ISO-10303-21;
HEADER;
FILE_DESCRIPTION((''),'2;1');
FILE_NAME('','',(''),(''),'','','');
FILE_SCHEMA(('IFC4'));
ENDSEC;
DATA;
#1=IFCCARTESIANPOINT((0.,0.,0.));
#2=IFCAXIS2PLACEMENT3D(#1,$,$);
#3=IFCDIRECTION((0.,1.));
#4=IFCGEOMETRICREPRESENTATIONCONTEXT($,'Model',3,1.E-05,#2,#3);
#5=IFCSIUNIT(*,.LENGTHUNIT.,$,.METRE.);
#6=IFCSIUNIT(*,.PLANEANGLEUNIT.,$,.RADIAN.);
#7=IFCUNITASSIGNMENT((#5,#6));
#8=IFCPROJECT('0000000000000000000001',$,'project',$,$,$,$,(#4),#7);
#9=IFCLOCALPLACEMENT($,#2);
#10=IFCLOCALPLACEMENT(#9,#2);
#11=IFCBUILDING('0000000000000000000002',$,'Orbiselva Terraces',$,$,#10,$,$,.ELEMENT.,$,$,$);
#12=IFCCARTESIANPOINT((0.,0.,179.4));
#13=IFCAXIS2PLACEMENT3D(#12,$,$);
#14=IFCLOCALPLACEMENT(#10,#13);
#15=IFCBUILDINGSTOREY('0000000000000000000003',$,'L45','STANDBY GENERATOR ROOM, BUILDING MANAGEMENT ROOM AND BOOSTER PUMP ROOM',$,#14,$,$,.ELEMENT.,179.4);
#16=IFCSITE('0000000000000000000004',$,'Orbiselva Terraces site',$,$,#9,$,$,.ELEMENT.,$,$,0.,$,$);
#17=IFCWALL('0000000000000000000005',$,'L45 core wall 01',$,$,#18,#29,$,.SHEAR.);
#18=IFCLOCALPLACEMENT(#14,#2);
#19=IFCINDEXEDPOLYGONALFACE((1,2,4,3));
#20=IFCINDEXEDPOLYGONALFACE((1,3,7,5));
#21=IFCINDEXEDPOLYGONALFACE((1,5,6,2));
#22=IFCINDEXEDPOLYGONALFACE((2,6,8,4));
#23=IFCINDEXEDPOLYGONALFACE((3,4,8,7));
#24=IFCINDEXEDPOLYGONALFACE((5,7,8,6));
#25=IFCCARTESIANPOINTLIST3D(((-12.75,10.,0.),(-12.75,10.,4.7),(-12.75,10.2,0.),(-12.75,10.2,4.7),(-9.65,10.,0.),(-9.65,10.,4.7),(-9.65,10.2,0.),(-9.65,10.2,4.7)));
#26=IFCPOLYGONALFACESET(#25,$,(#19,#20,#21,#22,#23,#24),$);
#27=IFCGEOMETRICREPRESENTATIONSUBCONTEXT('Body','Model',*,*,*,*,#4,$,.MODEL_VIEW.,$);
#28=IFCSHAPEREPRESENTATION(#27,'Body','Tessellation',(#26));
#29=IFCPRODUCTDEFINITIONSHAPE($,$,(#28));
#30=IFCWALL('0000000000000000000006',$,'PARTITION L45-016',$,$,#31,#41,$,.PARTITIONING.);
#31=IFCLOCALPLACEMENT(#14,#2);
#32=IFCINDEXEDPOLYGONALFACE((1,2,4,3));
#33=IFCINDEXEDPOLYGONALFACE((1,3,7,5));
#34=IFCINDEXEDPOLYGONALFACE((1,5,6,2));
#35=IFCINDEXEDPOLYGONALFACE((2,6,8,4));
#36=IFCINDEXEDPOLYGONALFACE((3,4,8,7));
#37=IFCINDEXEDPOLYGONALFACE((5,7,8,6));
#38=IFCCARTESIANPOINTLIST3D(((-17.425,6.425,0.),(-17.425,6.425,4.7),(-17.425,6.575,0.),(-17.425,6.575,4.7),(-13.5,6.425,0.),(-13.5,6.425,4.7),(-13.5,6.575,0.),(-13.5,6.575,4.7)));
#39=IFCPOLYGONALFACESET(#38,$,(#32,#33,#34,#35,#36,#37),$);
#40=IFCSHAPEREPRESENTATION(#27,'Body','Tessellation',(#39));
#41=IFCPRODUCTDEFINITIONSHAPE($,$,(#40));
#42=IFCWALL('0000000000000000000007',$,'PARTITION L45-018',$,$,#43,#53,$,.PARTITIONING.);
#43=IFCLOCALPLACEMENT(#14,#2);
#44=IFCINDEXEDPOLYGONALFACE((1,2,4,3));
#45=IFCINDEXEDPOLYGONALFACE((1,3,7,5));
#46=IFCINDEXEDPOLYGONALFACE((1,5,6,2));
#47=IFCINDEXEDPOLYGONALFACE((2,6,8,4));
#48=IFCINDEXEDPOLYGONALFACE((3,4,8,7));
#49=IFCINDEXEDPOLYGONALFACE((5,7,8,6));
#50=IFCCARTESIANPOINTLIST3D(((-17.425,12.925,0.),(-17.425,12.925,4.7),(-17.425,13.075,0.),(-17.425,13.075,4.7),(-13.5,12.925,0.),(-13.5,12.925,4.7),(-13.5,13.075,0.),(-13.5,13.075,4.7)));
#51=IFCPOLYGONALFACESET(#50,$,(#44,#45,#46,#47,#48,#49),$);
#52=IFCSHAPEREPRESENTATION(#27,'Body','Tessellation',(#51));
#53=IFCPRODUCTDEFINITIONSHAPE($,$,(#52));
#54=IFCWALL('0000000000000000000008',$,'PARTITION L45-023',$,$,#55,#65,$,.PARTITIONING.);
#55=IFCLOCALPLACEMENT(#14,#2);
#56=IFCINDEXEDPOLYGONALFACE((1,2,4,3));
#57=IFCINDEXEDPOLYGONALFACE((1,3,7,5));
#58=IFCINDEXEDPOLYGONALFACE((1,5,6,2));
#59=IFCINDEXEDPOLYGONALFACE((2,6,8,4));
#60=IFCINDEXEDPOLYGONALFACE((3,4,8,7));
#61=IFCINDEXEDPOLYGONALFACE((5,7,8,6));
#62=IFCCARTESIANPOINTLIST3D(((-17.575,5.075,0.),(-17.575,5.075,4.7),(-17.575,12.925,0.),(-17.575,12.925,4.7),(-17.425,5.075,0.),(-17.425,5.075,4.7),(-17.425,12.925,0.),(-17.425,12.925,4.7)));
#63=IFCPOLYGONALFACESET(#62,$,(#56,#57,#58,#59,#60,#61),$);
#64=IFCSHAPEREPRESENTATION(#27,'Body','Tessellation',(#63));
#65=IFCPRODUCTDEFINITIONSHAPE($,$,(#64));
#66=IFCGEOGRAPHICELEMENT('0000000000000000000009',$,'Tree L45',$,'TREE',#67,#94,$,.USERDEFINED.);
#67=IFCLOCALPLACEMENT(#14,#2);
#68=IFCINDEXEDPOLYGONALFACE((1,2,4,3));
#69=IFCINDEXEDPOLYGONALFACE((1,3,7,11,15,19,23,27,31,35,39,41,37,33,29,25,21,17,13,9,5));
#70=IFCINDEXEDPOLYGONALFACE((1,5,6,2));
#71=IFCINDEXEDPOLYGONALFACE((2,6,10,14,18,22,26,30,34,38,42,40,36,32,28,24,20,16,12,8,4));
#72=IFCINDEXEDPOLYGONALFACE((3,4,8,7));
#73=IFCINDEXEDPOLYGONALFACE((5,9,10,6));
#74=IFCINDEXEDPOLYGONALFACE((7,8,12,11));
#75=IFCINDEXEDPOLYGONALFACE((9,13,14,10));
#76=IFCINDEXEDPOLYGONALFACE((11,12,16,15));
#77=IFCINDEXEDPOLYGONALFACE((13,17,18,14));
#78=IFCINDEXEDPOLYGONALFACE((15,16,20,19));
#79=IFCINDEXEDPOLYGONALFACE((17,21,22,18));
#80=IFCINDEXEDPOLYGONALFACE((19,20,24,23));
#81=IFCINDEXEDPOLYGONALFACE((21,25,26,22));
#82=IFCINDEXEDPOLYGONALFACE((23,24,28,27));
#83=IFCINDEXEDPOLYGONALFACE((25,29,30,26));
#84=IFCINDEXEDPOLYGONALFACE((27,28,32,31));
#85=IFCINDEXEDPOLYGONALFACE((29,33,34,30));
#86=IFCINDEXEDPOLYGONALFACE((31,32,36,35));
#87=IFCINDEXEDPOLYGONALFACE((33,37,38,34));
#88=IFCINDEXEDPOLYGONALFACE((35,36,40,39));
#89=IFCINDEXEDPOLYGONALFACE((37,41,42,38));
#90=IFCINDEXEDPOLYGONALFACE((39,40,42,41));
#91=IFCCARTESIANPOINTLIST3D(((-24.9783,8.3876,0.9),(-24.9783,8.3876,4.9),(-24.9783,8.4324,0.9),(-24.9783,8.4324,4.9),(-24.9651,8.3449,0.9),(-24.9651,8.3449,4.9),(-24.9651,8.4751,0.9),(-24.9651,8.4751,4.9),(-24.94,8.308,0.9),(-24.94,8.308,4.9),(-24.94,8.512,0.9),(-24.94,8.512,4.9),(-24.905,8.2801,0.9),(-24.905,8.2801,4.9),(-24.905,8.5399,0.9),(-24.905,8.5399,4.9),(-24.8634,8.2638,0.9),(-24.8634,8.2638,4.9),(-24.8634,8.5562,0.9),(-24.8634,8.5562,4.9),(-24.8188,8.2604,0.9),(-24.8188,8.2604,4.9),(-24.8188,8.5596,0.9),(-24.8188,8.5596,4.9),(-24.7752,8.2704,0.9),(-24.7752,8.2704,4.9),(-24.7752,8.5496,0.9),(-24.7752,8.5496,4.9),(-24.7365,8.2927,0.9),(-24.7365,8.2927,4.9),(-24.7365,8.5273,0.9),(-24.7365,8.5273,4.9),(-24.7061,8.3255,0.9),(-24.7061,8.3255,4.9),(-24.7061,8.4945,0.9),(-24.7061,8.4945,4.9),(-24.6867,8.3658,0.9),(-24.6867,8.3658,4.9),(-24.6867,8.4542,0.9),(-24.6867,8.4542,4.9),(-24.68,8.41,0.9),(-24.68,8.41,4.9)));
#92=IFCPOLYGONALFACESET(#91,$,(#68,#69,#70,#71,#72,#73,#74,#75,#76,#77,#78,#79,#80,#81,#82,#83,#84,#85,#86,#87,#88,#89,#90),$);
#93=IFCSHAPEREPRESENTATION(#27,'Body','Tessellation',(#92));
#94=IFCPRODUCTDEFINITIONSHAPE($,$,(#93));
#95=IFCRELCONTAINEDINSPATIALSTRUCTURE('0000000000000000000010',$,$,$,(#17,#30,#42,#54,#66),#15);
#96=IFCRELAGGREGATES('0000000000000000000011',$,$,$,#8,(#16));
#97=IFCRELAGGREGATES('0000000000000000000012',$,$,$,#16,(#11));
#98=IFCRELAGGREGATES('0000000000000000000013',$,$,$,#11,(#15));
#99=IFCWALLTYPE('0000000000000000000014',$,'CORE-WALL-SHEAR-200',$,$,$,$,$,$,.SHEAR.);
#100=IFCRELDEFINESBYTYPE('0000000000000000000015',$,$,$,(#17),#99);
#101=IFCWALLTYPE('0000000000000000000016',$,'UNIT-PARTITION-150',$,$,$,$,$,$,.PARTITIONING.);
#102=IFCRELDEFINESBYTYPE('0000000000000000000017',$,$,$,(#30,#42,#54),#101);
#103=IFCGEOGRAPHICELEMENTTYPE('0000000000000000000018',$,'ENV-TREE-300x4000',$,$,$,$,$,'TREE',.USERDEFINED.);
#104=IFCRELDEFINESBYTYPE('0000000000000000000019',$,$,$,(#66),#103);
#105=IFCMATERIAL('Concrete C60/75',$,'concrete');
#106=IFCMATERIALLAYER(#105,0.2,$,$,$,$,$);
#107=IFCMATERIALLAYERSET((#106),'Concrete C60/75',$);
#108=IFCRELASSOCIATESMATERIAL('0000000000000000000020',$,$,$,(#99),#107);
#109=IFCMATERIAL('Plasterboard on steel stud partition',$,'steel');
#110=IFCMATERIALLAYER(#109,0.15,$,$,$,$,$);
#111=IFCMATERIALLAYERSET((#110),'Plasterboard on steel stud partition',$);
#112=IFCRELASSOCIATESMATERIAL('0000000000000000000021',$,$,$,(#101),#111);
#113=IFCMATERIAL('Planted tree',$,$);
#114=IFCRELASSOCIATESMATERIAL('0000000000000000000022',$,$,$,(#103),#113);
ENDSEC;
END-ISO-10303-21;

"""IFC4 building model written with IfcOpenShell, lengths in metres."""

from ifc_helpers import new_model, si_unit, direction, frame, frame_2d, origin, origin_2d, place, context, subcontext, project, spatial, rectangle, circle, extrude, material, layer, layer_set, type_object, element, save


model = new_model("IFC4")

# Units and contexts
model_context = context("Model", 3, precision=1e-05, world=origin(), true_north=direction((0.0, 1.0)))
body_context = subcontext(model_context, "Body", "Model", "MODEL_VIEW")
ifc_project = project(units=[si_unit("LENGTHUNIT", "METRE"), si_unit("PLANEANGLEUNIT", "RADIAN")], contexts=[model_context])

# Site, building, storey
site_placement = place(None, origin())
site = spatial("IfcSite", under=ifc_project, at=site_placement, Name="Orbiselva Terraces site", CompositionType="ELEMENT", RefElevation=0.0)
building_placement = place(site_placement, origin())
building = spatial("IfcBuilding", under=site, at=building_placement, Name="Orbiselva Terraces", CompositionType="ELEMENT")
storey_placement = place(building_placement, frame((0.0, 0.0, 179.4)))
storey = spatial("IfcBuildingStorey", under=building, at=storey_placement, Name="L45", Description="STANDBY GENERATOR ROOM, BUILDING MANAGEMENT ROOM AND BOOSTER PUMP ROOM", CompositionType="ELEMENT", Elevation=179.4)

# Shared definitions
ifc_material_1 = material(Name="Concrete C60/75", Category="concrete")

# Walls
ifc_layer_1 = layer(ifc_material_1, 0.2)
ifc_layer_set_1 = layer_set([ifc_layer_1], Name="Concrete C60/75")
wall_type_1 = type_object("IfcWallType", Name="CORE-WALL-SHEAR-200", PredefinedType="SHEAR", material=ifc_layer_set_1)
wall_1_placement = place(storey_placement, frame((-12.75, 10.1, 0.0), z_axis=(0.0, 0.0, 1.0), x_axis=(1.0, 0.0, 0.0)))
element("IfcWall", 1, at=wall_1_placement, inside=storey, type_object=wall_type_1, Name="L45 core wall 01", PredefinedType="SHEAR", context=body_context, shape_type="SweptSolid", body=[
    extrude(rectangle(XDim=3.1, YDim=0.2, at=frame_2d((1.55, 0.0))), origin(), (0.0, 0.0, 1.0), 4.7),
])
ifc_material_2 = material(Name="Plasterboard on steel stud partition", Category="steel")
ifc_layer_2 = layer(ifc_material_2, 0.15)
ifc_layer_set_2 = layer_set([ifc_layer_2], Name="Plasterboard on steel stud partition")
wall_type_2 = type_object("IfcWallType", Name="UNIT-PARTITION-150", PredefinedType="PARTITIONING", material=ifc_layer_set_2)
for number, where, z_axis, x_axis, name in (
    (2, (-17.425, 6.5, 0.0), (0.0, 0.0, 1.0), (1.0, 0.0, 0.0), "PARTITION L45-016"),
    (3, (-17.425, 13.0, 0.0), (0.0, 0.0, 1.0), (1.0, 0.0, 0.0), "PARTITION L45-018"),
):
    element("IfcWall", number, at=place(storey_placement, frame(where, z_axis=z_axis, x_axis=x_axis)), inside=storey, type_object=wall_type_2, Name=name, PredefinedType="PARTITIONING", context=body_context, shape_type="SweptSolid", body=[
        extrude(rectangle(XDim=3.925, YDim=0.15, at=frame_2d((1.9625, 0.0))), origin(), (0.0, 0.0, 1.0), 4.7),
    ])
wall_2_placement = place(storey_placement, frame((-17.5, 5.075, 0.0), z_axis=(0.0, 0.0, 1.0), x_axis=(0.0, 1.0, 0.0)))
element("IfcWall", 4, at=wall_2_placement, inside=storey, type_object=wall_type_2, Name="PARTITION L45-023", PredefinedType="PARTITIONING", context=body_context, shape_type="SweptSolid", body=[
    extrude(rectangle(XDim=7.85, YDim=0.15, at=frame_2d((3.925, 0.0))), origin(), (0.0, 0.0, 1.0), 4.7),
])

# Geographic element
ifc_material_3 = material(Name="Planted tree")
geographic_element_type = type_object("IfcGeographicElementType", Name="ENV-TREE-300x4000", ElementType="TREE", PredefinedType="USERDEFINED", material=ifc_material_3)
geographic_element_placement = place(storey_placement, frame((-24.83, 8.41, 4.9), z_axis=(0.0, 0.0, -1.0), x_axis=(1.0, 0.0, 0.0)))
element("IfcGeographicElement", 5, at=geographic_element_placement, inside=storey, type_object=geographic_element_type, Name="Tree L45", ObjectType="TREE", PredefinedType="USERDEFINED", context=body_context, shape_type="SweptSolid", body=[
    extrude(circle(Radius=0.15, at=origin_2d()), origin(), (0.0, 0.0, 1.0), 4.0),
])

save(model, "model.ifc")
